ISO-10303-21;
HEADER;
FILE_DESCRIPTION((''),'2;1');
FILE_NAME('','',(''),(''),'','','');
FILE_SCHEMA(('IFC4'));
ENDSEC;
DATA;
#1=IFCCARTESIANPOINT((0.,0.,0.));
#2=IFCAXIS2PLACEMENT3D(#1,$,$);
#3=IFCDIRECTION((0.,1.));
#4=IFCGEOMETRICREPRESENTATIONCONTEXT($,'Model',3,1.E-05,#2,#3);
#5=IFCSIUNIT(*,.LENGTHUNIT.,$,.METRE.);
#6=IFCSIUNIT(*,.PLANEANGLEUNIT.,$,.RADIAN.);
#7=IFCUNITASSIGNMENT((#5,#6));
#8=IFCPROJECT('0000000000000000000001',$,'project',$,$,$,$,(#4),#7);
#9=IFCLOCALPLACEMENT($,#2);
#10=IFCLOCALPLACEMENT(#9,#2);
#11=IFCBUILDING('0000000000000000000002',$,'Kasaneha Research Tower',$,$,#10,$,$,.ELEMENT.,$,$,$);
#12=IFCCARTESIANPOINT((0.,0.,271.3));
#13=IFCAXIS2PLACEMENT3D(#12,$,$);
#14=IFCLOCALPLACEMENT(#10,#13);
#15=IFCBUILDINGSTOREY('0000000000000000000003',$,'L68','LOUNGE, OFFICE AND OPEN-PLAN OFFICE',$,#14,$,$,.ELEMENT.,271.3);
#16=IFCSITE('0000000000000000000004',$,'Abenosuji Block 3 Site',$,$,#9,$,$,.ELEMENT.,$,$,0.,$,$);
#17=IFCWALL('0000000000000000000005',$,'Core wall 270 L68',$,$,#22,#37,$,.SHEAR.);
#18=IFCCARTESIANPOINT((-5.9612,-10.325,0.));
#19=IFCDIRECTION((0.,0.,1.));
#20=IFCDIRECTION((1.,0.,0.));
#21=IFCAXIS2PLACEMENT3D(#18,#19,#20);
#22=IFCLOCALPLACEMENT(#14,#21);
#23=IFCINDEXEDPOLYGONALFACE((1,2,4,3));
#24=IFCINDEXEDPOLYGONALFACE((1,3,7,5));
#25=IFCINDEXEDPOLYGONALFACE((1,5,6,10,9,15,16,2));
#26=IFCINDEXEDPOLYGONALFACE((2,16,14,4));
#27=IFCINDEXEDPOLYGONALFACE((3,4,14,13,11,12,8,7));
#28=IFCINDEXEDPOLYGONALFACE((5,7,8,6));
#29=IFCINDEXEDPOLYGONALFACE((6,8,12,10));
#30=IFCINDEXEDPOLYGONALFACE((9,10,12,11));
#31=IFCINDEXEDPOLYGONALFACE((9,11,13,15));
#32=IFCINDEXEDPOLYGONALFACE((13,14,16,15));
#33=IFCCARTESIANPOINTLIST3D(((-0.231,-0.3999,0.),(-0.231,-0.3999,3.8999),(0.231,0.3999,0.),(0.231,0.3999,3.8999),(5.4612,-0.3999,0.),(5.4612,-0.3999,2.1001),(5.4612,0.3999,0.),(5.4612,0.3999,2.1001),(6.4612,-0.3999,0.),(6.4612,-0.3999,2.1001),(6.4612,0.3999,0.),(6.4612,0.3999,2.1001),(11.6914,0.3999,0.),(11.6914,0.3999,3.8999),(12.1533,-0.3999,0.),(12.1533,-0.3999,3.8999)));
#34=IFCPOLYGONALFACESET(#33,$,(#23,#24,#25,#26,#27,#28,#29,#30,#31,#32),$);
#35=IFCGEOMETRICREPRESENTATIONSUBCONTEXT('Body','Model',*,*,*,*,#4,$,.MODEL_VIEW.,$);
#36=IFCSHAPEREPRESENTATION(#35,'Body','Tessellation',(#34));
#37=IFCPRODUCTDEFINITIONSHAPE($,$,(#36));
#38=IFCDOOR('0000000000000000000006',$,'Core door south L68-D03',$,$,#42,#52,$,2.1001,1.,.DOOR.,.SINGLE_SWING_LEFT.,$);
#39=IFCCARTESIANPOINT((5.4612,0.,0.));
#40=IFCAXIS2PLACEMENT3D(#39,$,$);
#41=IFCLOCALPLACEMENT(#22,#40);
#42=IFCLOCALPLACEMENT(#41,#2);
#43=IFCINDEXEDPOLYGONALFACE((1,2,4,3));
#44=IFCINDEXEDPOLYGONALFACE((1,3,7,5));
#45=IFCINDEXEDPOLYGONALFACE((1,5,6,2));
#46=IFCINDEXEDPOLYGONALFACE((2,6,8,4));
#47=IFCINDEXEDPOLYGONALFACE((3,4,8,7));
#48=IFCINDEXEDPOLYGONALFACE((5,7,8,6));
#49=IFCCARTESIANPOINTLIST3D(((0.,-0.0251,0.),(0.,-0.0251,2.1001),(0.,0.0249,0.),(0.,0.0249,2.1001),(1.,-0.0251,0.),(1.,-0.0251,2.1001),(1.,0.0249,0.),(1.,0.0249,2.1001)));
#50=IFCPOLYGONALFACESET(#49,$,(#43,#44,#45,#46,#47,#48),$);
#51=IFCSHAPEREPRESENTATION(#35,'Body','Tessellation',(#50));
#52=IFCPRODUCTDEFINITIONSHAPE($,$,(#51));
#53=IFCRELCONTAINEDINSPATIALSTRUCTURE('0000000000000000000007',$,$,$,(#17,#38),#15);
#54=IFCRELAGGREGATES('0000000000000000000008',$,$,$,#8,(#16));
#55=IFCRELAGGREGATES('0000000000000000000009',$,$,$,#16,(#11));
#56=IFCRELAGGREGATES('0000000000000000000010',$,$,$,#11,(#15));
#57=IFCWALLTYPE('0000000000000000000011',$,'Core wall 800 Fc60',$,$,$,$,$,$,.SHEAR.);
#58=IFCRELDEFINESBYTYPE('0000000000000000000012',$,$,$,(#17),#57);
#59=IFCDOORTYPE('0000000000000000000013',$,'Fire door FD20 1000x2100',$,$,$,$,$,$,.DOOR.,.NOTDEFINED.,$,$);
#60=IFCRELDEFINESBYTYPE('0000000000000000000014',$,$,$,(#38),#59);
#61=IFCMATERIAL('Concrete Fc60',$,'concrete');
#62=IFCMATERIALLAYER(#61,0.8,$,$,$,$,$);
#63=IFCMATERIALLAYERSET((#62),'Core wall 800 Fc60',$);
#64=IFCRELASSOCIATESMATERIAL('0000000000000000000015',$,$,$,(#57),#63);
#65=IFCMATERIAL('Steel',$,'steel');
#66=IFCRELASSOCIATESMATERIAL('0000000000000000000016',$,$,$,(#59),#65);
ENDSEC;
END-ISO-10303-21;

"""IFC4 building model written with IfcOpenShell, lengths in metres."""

from ifc_helpers import new_model, si_unit, direction, frame, frame_2d, origin, place, context, subcontext, project, spatial, polyline, rectangle, outline, extrude, material, layer, layer_set, type_object, element, fill, save


model = new_model("IFC4")

# Units and contexts
model_context = context("Model", 3, precision=1e-05, world=origin(), true_north=direction((0.0, 1.0)))
body_context = subcontext(model_context, "Body", "Model", "MODEL_VIEW")
ifc_project = project(units=[si_unit("LENGTHUNIT", "METRE"), si_unit("PLANEANGLEUNIT", "RADIAN")], contexts=[model_context])

# Site, building, storey
site_placement = place(None, origin())
site = spatial("IfcSite", under=ifc_project, at=site_placement, Name="Abenosuji Block 3 Site", CompositionType="ELEMENT", RefElevation=0.0)
building_placement = place(site_placement, origin())
building = spatial("IfcBuilding", under=site, at=building_placement, Name="Kasaneha Research Tower", CompositionType="ELEMENT")
storey_placement = place(building_placement, frame((0.0, 0.0, 271.3)))
storey = spatial("IfcBuildingStorey", under=building, at=storey_placement, Name="L68", Description="LOUNGE, OFFICE AND OPEN-PLAN OFFICE", CompositionType="ELEMENT", Elevation=271.3)

# Wall, opening, door
ifc_material_1 = material(Name="Concrete Fc60", Category="concrete")
ifc_layer_1 = layer(ifc_material_1, 0.8)
ifc_layer_set_1 = layer_set([ifc_layer_1], Name="Core wall 800 Fc60")
wall_type_1 = type_object("IfcWallType", Name="Core wall 800 Fc60", PredefinedType="SHEAR", material=ifc_layer_set_1)
wall_1_placement = place(storey_placement, frame((-5.9612, -10.325, 0.0), z_axis=(0.0, 0.0, 1.0), x_axis=(1.0, 0.0, 0.0)))
wall_1 = element("IfcWall", 1, at=wall_1_placement, inside=storey, type_object=wall_type_1, Name="Core wall 270 L68", PredefinedType="SHEAR", context=body_context, shape_type="SweptSolid", body=[
    extrude(outline(polyline([(-0.231, -0.3999), (5.4612, -0.3999), (6.4612, -0.3999), (12.1533, -0.3999), (11.6914, 0.3999), (6.4612, 0.3999), (5.4612, 0.3999), (0.231, 0.3999), (-0.231, -0.3999)])), origin(), (0.0, 0.0, 1.0), 3.8999),
])
opening_1_placement = place(wall_1_placement, frame((5.4612, 0.0, 0.0)))
opening_1 = element("IfcOpeningElement", 2, at=opening_1_placement, cuts=wall_1, PredefinedType="OPENING", context=body_context, shape_type="SweptSolid", body=[
    extrude(rectangle(XDim=1.0, YDim=2.1001, at=frame_2d((0.5, 1.05))), frame((0.0, 0.4102, 0.0), z_axis=(0.0, -1.0, 0.0), x_axis=(1.0, 0.0, 0.0)), (0.0, 0.0, 1.0), 0.8201),
])
ifc_material_2 = material(Name="Steel", Category="steel")
door_type_1 = type_object("IfcDoorType", Name="Fire door FD20 1000x2100", OperationType="NOTDEFINED", PredefinedType="DOOR", material=ifc_material_2)
door_1_placement = place(opening_1_placement, origin())
door_1 = element("IfcDoor", 3, at=door_1_placement, inside=storey, type_object=door_type_1, Name="Core door south L68-D03", OperationType="SINGLE_SWING_LEFT", OverallHeight=2.1001, OverallWidth=1.0, PredefinedType="DOOR", context=body_context, shape_type="SweptSolid", body=[
    extrude(rectangle(XDim=1.0, YDim=2.1001, at=frame_2d((0.5, 1.05))), frame((0.0, 0.0249, 0.0), z_axis=(0.0, -1.0, 0.0), x_axis=(1.0, 0.0, 0.0)), (0.0, 0.0, 1.0), 0.05),
])
fill(opening_1, door_1)

save(model, "model.ifc")
